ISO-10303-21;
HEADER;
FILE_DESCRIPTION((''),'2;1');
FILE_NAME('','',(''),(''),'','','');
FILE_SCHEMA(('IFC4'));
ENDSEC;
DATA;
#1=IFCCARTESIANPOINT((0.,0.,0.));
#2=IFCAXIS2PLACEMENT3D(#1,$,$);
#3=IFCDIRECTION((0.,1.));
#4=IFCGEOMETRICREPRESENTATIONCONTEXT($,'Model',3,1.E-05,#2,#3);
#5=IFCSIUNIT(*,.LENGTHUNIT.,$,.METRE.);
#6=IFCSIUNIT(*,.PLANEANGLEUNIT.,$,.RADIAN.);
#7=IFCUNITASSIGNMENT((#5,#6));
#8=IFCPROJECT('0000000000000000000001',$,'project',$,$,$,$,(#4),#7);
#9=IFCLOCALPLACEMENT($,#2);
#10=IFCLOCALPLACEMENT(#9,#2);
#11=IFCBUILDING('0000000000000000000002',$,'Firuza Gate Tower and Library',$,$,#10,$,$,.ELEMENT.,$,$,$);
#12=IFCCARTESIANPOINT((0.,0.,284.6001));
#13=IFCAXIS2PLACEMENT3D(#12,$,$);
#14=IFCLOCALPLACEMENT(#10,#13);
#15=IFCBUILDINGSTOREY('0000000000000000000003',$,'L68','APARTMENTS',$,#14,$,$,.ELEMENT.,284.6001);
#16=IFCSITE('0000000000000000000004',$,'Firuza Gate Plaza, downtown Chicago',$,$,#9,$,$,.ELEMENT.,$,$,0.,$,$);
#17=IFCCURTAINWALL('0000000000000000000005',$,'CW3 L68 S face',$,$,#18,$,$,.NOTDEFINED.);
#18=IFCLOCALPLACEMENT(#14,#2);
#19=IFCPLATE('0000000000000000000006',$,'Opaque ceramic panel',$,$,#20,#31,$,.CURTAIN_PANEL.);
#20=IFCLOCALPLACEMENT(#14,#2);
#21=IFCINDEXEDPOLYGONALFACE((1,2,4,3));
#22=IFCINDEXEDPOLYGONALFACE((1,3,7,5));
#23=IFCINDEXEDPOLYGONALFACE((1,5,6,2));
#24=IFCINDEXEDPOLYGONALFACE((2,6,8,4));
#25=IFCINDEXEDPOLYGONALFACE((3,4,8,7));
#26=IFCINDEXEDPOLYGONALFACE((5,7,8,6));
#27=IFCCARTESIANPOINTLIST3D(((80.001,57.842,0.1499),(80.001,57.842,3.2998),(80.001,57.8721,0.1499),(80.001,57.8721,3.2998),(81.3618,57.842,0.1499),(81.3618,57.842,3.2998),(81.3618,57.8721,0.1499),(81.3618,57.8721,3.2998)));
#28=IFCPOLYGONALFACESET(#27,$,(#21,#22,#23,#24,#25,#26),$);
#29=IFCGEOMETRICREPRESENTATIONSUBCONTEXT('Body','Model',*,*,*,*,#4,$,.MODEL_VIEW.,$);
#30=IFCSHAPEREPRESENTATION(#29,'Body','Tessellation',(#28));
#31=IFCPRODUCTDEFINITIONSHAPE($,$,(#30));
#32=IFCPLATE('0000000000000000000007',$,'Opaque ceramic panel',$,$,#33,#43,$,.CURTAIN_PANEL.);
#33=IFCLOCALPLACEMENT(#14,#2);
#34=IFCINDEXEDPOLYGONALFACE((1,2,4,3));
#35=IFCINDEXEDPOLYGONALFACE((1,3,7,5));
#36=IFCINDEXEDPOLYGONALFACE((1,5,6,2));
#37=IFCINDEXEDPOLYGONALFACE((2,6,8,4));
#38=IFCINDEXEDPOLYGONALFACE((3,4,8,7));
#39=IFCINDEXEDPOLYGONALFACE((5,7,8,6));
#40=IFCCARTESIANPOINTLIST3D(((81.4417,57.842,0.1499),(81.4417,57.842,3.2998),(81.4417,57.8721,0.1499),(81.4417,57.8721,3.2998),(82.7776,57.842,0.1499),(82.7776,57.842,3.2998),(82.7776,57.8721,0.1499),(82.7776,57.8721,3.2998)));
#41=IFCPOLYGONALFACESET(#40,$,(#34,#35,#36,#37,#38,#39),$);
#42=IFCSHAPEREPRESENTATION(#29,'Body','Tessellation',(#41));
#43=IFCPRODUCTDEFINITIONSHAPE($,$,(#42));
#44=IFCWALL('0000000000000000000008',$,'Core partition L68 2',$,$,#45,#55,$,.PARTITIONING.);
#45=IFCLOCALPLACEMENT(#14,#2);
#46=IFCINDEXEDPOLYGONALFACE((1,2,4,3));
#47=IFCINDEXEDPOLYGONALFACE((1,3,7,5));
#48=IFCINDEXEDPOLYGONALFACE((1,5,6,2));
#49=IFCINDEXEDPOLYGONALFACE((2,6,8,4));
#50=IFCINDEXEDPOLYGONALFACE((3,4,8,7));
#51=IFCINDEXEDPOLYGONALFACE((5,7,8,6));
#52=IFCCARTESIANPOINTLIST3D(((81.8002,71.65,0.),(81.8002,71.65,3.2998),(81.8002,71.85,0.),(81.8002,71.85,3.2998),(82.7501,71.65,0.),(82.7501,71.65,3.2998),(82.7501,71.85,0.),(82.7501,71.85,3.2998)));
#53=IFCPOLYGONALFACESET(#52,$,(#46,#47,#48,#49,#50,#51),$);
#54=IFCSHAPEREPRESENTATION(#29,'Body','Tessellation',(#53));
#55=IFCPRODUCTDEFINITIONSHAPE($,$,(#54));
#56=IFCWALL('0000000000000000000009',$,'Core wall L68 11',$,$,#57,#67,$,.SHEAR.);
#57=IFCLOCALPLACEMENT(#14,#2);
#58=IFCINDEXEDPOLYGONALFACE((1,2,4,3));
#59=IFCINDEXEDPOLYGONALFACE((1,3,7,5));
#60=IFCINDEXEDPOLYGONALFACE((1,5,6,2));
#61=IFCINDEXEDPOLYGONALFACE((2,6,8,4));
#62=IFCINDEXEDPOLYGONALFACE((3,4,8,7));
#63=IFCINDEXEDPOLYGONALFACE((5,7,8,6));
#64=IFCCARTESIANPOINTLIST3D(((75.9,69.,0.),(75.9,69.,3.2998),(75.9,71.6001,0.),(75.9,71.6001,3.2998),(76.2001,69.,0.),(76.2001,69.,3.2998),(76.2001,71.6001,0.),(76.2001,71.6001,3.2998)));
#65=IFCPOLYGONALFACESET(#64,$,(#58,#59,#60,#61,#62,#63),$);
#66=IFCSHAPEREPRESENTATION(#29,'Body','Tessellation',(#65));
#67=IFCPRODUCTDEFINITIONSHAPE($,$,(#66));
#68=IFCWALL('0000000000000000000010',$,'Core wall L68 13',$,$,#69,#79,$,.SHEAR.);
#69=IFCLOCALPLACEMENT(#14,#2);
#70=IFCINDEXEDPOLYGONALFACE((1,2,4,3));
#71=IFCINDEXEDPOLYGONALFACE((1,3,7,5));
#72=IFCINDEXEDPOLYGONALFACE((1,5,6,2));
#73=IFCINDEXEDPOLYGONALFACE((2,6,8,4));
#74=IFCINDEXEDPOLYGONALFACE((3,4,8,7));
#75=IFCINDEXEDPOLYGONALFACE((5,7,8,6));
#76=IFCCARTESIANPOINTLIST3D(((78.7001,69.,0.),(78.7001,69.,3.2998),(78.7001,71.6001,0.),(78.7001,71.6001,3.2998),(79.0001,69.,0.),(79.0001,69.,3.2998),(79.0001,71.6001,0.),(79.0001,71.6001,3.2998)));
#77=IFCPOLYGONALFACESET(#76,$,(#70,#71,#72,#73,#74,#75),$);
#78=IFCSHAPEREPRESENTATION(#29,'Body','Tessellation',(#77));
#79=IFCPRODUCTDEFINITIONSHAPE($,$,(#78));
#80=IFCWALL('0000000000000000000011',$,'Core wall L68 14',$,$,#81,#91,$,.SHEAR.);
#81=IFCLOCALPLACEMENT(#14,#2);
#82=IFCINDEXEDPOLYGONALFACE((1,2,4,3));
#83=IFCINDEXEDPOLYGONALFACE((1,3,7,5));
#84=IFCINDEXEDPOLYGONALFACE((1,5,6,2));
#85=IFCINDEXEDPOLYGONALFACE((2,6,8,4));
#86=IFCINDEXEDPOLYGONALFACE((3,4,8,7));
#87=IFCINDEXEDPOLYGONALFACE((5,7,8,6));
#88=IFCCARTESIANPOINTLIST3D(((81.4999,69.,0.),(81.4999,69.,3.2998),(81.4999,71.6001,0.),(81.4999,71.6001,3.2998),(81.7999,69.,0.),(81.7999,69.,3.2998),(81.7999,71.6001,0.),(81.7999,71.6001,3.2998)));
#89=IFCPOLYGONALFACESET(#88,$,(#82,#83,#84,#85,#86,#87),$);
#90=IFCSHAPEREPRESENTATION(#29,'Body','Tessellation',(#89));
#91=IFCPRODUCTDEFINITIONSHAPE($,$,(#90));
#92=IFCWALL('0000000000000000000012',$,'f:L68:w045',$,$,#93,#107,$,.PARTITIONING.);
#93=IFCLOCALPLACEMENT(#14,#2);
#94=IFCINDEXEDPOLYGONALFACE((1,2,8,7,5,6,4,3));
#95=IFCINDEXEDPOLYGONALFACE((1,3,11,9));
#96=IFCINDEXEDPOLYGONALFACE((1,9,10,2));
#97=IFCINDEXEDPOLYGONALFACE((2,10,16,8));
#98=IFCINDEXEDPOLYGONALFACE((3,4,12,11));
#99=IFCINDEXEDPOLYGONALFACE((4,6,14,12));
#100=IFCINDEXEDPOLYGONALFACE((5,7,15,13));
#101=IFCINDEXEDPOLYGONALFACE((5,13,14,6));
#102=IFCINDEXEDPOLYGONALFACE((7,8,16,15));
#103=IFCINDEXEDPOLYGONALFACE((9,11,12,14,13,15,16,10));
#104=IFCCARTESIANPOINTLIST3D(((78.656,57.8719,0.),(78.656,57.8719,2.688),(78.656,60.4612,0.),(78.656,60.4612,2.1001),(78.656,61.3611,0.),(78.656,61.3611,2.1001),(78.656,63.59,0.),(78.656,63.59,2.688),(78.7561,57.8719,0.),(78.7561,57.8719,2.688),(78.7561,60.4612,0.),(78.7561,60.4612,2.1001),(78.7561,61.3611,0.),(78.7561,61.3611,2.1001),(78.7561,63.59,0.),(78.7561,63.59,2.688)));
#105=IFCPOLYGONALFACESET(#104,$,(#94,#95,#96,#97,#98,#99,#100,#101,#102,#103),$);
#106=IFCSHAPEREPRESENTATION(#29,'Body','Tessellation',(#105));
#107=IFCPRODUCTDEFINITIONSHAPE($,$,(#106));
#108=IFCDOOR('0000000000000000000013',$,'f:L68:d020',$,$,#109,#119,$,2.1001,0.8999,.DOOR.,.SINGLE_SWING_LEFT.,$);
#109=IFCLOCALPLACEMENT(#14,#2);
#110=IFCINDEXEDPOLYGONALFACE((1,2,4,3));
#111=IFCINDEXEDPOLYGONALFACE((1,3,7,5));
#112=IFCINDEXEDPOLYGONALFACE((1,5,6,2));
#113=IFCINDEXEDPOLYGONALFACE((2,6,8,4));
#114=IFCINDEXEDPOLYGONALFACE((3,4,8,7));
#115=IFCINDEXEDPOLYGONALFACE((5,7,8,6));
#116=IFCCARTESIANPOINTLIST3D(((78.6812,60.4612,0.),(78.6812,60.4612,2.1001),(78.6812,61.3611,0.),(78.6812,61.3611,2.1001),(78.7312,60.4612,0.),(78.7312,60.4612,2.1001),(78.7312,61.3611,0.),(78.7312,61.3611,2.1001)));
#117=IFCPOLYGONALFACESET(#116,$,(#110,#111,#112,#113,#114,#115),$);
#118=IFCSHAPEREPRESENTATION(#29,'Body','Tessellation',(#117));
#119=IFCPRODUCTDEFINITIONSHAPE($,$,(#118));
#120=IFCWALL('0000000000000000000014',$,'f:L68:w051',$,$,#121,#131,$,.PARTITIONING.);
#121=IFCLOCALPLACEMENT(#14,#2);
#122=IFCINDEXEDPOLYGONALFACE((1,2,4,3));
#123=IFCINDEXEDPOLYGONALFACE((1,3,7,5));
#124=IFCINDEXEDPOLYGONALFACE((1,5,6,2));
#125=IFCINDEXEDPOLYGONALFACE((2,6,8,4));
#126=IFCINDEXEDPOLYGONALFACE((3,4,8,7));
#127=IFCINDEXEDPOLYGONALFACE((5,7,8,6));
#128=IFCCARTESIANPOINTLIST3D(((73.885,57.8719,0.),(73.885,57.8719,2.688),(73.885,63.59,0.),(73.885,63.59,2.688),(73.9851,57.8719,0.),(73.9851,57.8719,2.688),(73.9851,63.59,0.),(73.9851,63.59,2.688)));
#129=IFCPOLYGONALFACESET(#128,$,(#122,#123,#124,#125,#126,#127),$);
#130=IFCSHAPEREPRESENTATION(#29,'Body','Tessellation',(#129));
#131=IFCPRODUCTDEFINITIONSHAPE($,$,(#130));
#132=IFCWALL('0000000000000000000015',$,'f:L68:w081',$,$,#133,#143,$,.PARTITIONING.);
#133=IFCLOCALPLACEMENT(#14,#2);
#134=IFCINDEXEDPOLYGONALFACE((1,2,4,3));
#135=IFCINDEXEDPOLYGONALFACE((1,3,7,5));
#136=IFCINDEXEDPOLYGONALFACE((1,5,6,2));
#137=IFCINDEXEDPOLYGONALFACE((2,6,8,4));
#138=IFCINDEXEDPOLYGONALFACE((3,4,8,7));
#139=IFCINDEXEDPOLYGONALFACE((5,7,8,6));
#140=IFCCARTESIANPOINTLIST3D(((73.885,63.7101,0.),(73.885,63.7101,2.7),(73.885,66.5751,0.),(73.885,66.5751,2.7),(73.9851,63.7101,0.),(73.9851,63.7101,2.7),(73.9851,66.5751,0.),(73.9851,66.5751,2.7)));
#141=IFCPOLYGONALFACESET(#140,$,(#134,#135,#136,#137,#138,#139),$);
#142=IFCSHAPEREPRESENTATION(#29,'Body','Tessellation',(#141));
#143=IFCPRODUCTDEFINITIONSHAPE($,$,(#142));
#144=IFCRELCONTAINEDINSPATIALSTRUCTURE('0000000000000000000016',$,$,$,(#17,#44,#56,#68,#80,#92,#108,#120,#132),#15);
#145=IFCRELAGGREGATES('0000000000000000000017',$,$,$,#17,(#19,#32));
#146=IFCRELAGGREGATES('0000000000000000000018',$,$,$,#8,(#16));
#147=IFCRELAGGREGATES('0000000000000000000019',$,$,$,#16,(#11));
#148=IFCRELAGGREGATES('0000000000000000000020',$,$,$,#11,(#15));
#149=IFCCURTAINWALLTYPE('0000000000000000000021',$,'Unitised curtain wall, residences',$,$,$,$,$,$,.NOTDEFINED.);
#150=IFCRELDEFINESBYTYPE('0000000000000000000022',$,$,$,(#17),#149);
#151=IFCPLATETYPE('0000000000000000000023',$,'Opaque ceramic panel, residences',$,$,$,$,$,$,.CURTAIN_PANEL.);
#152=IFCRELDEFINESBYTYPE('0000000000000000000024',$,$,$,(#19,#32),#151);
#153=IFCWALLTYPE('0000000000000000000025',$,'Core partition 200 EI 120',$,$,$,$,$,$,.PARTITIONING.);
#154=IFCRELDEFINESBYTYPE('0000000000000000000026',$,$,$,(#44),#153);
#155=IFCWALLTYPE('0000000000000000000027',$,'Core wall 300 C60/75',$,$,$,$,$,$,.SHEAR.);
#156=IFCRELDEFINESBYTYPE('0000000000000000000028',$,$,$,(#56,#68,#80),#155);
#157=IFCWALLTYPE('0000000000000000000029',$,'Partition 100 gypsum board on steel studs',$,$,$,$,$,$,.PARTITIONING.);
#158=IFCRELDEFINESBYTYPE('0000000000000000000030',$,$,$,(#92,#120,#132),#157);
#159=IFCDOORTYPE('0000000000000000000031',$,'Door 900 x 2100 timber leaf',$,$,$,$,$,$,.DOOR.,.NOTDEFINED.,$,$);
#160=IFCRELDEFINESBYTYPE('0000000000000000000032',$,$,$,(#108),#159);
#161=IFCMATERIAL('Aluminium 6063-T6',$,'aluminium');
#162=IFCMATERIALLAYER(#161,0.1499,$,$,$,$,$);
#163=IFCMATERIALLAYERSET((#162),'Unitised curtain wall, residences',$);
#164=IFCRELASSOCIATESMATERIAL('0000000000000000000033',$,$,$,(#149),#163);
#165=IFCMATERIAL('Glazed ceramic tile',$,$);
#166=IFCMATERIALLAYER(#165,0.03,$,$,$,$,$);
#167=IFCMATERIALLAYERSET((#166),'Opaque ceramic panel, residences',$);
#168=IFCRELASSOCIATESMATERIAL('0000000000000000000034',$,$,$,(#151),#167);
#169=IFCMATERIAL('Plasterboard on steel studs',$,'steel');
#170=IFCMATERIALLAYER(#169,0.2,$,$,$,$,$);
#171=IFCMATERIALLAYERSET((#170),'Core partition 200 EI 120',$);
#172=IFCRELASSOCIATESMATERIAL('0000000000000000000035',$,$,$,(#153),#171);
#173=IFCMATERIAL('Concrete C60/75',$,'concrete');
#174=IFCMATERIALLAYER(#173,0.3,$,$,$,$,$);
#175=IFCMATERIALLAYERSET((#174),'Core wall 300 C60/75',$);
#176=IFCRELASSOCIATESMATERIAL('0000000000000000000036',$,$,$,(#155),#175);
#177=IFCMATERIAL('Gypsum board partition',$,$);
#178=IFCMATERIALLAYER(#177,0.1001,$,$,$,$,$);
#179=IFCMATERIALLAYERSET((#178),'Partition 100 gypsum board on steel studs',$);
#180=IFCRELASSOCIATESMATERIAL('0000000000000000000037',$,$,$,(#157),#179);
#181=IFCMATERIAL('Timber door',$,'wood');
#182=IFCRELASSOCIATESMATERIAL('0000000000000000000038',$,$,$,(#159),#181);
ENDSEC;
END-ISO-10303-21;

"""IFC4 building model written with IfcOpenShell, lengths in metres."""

from ifc_helpers import new_model, si_unit, direction, frame, frame_2d, origin, place, context, subcontext, project, spatial, polyline, rectangle, outline, extrude, material, layer, layer_set, type_object, element, fill, aggregate, save


model = new_model("IFC4")

# Units and contexts
model_context = context("Model", 3, precision=1e-05, world=origin(), true_north=direction((0.0, 1.0)))
body_context = subcontext(model_context, "Body", "Model", "MODEL_VIEW")
ifc_project = project(units=[si_unit("LENGTHUNIT", "METRE"), si_unit("PLANEANGLEUNIT", "RADIAN")], contexts=[model_context])

# Site, building, storey
site_placement = place(None, origin())
site = spatial("IfcSite", under=ifc_project, at=site_placement, Name="Firuza Gate Plaza, downtown Chicago", CompositionType="ELEMENT", RefElevation=0.0)
building_placement = place(site_placement, origin())
building = spatial("IfcBuilding", under=site, at=building_placement, Name="Firuza Gate Tower and Library", CompositionType="ELEMENT")
storey_placement = place(building_placement, frame((0.0, 0.0, 284.6001)))
storey = spatial("IfcBuildingStorey", under=building, at=storey_placement, Name="L68", Description="APARTMENTS", CompositionType="ELEMENT", Elevation=284.6001)

# Curtain wall
ifc_material_1 = material(Name="Aluminium 6063-T6", Category="aluminium")
ifc_layer_1 = layer(ifc_material_1, 0.1499)
ifc_layer_set_1 = layer_set([ifc_layer_1], Name="Unitised curtain wall, residences")
curtain_wall_type = type_object("IfcCurtainWallType", Name="Unitised curtain wall, residences", PredefinedType="NOTDEFINED", material=ifc_layer_set_1)
curtain_wall_placement = place(storey_placement, origin())
curtain_wall = element("IfcCurtainWall", 1, at=curtain_wall_placement, inside=storey, type_object=curtain_wall_type, Name="CW3 L68 S face", PredefinedType="NOTDEFINED")

# Plates
ifc_material_2 = material(Name="Glazed ceramic tile")
ifc_layer_2 = layer(ifc_material_2, 0.03)
ifc_layer_set_2 = layer_set([ifc_layer_2], Name="Opaque ceramic panel, residences")
plate_type_1 = type_object("IfcPlateType", Name="Opaque ceramic panel, residences", PredefinedType="CURTAIN_PANEL", material=ifc_layer_set_2)
plate_1_placement = place(storey_placement, frame((80.001, 57.842, 0.1499), z_axis=(0.0, -1.0, 0.0), x_axis=(1.0, 0.0, 0.0)))
plate_1 = element("IfcPlate", 2, at=plate_1_placement, type_object=plate_type_1, Name="Opaque ceramic panel", PredefinedType="CURTAIN_PANEL", context=body_context, shape_type="SweptSolid", body=[
    extrude(outline(polyline([(0.0, 0.0), (1.3608, 0.0), (1.3608, 3.1499), (0.0, 3.1499), (0.0, 0.0)])), origin(), (0.0, 0.0, -1.0), 0.03),
])
plate_2_placement = place(storey_placement, frame((81.4417, 57.842, 0.1499), z_axis=(0.0, -1.0, 0.0), x_axis=(1.0, 0.0, 0.0)))
plate_2 = element("IfcPlate", 3, at=plate_2_placement, type_object=plate_type_1, Name="Opaque ceramic panel", PredefinedType="CURTAIN_PANEL", context=body_context, shape_type="SweptSolid", body=[
    extrude(outline(polyline([(0.0, 0.0), (1.3359, 0.0), (1.3359, 3.1499), (0.0, 3.1499), (0.0, 0.0)])), origin(), (0.0, 0.0, -1.0), 0.03),
])
aggregate(curtain_wall, [plate_1, plate_2])

# Walls
ifc_material_3 = material(Name="Plasterboard on steel studs", Category="steel")
ifc_layer_3 = layer(ifc_material_3, 0.2)
ifc_layer_set_3 = layer_set([ifc_layer_3], Name="Core partition 200 EI 120")
wall_type_1 = type_object("IfcWallType", Name="Core partition 200 EI 120", PredefinedType="PARTITIONING", material=ifc_layer_set_3)
wall_1_placement = place(storey_placement, frame((81.8, 71.75, 0.0), z_axis=(0.0, 0.0, 1.0), x_axis=(1.0, 0.0, 0.0)))
element("IfcWall", 4, at=wall_1_placement, inside=storey, type_object=wall_type_1, Name="Core partition L68 2", PredefinedType="PARTITIONING", context=body_context, shape_type="SweptSolid", body=[
    extrude(rectangle(XDim=0.95, YDim=0.2, at=frame_2d((0.4751, 0.0))), origin(), (0.0, 0.0, 1.0), 3.2998),
])
ifc_material_4 = material(Name="Concrete C60/75", Category="concrete")
ifc_layer_4 = layer(ifc_material_4, 0.3)
ifc_layer_set_4 = layer_set([ifc_layer_4], Name="Core wall 300 C60/75")
wall_type_2 = type_object("IfcWallType", Name="Core wall 300 C60/75", PredefinedType="SHEAR", material=ifc_layer_set_4)
for number, where, z_axis, x_axis, name in (
    (5, (76.05, 69.0, 0.0), (0.0, 0.0, 1.0), (0.0, 1.0, 0.0), "Core wall L68 11"),
    (6, (78.8501, 69.0, 0.0), (0.0, 0.0, 1.0), (0.0, 1.0, 0.0), "Core wall L68 13"),
    (7, (81.6499, 69.0, 0.0), (0.0, 0.0, 1.0), (0.0, 1.0, 0.0), "Core wall L68 14"),
):
    element("IfcWall", number, at=place(storey_placement, frame(where, z_axis=z_axis, x_axis=x_axis)), inside=storey, type_object=wall_type_2, Name=name, PredefinedType="SHEAR", context=body_context, shape_type="SweptSolid", body=[
        extrude(rectangle(XDim=2.6001, YDim=0.3, at=frame_2d((1.3, 0.0))), origin(), (0.0, 0.0, 1.0), 3.2998),
    ])

# Wall, opening, door
ifc_material_5 = material(Name="Gypsum board partition")
ifc_layer_5 = layer(ifc_material_5, 0.1001)
ifc_layer_set_5 = layer_set([ifc_layer_5], Name="Partition 100 gypsum board on steel studs")
wall_type_3 = type_object("IfcWallType", Name="Partition 100 gypsum board on steel studs", PredefinedType="PARTITIONING", material=ifc_layer_set_5)
wall_2_placement = place(storey_placement, frame((78.7061, 57.8721, 0.0), z_axis=(0.0, 0.0, 1.0), x_axis=(0.0, 1.0, 0.0)))
wall_2 = element("IfcWall", 8, at=wall_2_placement, inside=storey, type_object=wall_type_3, Name="f:L68:w045", PredefinedType="PARTITIONING", context=body_context, shape_type="SweptSolid", body=[
    extrude(rectangle(XDim=5.718, YDim=0.1001, at=frame_2d((2.8589, 0.0))), origin(), (0.0, 0.0, 1.0), 2.688),
])
opening_1_placement = place(wall_2_placement, frame((2.5891, 0.0, 0.0)))
opening_1 = element("IfcOpeningElement", 9, at=opening_1_placement, cuts=wall_2, PredefinedType="OPENING", context=body_context, shape_type="SweptSolid", body=[
    extrude(rectangle(XDim=0.8999, YDim=2.1001, at=frame_2d((0.45, 1.05))), frame((0.0, 0.0601, 0.0), z_axis=(0.0, -1.0, 0.0), x_axis=(1.0, 0.0, 0.0)), (0.0, 0.0, 1.0), 0.1201),
])
ifc_material_6 = material(Name="Timber door", Category="wood")
door_type_1 = type_object("IfcDoorType", Name="Door 900 x 2100 timber leaf", OperationType="NOTDEFINED", PredefinedType="DOOR", material=ifc_material_6)
door_1_placement = place(opening_1_placement, origin())
door_1 = element("IfcDoor", 10, at=door_1_placement, inside=storey, type_object=door_type_1, Name="f:L68:d020", OperationType="SINGLE_SWING_LEFT", OverallHeight=2.1001, OverallWidth=0.8999, PredefinedType="DOOR", context=body_context, shape_type="SweptSolid", body=[
    extrude(rectangle(XDim=0.8999, YDim=2.1001, at=frame_2d((0.45, 1.05))), frame((0.0, 0.0249, 0.0), z_axis=(0.0, -1.0, 0.0), x_axis=(1.0, 0.0, 0.0)), (0.0, 0.0, 1.0), 0.05),
])
fill(opening_1, door_1)

# Walls
wall_3_placement = place(storey_placement, frame((73.9351, 57.8721, 0.0), z_axis=(0.0, 0.0, 1.0), x_axis=(0.0, 1.0, 0.0)))
element("IfcWall", 11, at=wall_3_placement, inside=storey, type_object=wall_type_3, Name="f:L68:w051", PredefinedType="PARTITIONING", context=body_context, shape_type="SweptSolid", body=[
    extrude(rectangle(XDim=5.718, YDim=0.1001, at=frame_2d((2.8589, 0.0))), origin(), (0.0, 0.0, 1.0), 2.688),
])
wall_4_placement = place(storey_placement, frame((73.9351, 63.71, 0.0), z_axis=(0.0, 0.0, 1.0), x_axis=(0.0, 1.0, 0.0)))
element("IfcWall", 12, at=wall_4_placement, inside=storey, type_object=wall_type_3, Name="f:L68:w081", PredefinedType="PARTITIONING", context=body_context, shape_type="SweptSolid", body=[
    extrude(rectangle(XDim=2.865, YDim=0.1001, at=frame_2d((1.4326, 0.0))), origin(), (0.0, 0.0, 1.0), 2.7),
])

save(model, "model.ifc")
